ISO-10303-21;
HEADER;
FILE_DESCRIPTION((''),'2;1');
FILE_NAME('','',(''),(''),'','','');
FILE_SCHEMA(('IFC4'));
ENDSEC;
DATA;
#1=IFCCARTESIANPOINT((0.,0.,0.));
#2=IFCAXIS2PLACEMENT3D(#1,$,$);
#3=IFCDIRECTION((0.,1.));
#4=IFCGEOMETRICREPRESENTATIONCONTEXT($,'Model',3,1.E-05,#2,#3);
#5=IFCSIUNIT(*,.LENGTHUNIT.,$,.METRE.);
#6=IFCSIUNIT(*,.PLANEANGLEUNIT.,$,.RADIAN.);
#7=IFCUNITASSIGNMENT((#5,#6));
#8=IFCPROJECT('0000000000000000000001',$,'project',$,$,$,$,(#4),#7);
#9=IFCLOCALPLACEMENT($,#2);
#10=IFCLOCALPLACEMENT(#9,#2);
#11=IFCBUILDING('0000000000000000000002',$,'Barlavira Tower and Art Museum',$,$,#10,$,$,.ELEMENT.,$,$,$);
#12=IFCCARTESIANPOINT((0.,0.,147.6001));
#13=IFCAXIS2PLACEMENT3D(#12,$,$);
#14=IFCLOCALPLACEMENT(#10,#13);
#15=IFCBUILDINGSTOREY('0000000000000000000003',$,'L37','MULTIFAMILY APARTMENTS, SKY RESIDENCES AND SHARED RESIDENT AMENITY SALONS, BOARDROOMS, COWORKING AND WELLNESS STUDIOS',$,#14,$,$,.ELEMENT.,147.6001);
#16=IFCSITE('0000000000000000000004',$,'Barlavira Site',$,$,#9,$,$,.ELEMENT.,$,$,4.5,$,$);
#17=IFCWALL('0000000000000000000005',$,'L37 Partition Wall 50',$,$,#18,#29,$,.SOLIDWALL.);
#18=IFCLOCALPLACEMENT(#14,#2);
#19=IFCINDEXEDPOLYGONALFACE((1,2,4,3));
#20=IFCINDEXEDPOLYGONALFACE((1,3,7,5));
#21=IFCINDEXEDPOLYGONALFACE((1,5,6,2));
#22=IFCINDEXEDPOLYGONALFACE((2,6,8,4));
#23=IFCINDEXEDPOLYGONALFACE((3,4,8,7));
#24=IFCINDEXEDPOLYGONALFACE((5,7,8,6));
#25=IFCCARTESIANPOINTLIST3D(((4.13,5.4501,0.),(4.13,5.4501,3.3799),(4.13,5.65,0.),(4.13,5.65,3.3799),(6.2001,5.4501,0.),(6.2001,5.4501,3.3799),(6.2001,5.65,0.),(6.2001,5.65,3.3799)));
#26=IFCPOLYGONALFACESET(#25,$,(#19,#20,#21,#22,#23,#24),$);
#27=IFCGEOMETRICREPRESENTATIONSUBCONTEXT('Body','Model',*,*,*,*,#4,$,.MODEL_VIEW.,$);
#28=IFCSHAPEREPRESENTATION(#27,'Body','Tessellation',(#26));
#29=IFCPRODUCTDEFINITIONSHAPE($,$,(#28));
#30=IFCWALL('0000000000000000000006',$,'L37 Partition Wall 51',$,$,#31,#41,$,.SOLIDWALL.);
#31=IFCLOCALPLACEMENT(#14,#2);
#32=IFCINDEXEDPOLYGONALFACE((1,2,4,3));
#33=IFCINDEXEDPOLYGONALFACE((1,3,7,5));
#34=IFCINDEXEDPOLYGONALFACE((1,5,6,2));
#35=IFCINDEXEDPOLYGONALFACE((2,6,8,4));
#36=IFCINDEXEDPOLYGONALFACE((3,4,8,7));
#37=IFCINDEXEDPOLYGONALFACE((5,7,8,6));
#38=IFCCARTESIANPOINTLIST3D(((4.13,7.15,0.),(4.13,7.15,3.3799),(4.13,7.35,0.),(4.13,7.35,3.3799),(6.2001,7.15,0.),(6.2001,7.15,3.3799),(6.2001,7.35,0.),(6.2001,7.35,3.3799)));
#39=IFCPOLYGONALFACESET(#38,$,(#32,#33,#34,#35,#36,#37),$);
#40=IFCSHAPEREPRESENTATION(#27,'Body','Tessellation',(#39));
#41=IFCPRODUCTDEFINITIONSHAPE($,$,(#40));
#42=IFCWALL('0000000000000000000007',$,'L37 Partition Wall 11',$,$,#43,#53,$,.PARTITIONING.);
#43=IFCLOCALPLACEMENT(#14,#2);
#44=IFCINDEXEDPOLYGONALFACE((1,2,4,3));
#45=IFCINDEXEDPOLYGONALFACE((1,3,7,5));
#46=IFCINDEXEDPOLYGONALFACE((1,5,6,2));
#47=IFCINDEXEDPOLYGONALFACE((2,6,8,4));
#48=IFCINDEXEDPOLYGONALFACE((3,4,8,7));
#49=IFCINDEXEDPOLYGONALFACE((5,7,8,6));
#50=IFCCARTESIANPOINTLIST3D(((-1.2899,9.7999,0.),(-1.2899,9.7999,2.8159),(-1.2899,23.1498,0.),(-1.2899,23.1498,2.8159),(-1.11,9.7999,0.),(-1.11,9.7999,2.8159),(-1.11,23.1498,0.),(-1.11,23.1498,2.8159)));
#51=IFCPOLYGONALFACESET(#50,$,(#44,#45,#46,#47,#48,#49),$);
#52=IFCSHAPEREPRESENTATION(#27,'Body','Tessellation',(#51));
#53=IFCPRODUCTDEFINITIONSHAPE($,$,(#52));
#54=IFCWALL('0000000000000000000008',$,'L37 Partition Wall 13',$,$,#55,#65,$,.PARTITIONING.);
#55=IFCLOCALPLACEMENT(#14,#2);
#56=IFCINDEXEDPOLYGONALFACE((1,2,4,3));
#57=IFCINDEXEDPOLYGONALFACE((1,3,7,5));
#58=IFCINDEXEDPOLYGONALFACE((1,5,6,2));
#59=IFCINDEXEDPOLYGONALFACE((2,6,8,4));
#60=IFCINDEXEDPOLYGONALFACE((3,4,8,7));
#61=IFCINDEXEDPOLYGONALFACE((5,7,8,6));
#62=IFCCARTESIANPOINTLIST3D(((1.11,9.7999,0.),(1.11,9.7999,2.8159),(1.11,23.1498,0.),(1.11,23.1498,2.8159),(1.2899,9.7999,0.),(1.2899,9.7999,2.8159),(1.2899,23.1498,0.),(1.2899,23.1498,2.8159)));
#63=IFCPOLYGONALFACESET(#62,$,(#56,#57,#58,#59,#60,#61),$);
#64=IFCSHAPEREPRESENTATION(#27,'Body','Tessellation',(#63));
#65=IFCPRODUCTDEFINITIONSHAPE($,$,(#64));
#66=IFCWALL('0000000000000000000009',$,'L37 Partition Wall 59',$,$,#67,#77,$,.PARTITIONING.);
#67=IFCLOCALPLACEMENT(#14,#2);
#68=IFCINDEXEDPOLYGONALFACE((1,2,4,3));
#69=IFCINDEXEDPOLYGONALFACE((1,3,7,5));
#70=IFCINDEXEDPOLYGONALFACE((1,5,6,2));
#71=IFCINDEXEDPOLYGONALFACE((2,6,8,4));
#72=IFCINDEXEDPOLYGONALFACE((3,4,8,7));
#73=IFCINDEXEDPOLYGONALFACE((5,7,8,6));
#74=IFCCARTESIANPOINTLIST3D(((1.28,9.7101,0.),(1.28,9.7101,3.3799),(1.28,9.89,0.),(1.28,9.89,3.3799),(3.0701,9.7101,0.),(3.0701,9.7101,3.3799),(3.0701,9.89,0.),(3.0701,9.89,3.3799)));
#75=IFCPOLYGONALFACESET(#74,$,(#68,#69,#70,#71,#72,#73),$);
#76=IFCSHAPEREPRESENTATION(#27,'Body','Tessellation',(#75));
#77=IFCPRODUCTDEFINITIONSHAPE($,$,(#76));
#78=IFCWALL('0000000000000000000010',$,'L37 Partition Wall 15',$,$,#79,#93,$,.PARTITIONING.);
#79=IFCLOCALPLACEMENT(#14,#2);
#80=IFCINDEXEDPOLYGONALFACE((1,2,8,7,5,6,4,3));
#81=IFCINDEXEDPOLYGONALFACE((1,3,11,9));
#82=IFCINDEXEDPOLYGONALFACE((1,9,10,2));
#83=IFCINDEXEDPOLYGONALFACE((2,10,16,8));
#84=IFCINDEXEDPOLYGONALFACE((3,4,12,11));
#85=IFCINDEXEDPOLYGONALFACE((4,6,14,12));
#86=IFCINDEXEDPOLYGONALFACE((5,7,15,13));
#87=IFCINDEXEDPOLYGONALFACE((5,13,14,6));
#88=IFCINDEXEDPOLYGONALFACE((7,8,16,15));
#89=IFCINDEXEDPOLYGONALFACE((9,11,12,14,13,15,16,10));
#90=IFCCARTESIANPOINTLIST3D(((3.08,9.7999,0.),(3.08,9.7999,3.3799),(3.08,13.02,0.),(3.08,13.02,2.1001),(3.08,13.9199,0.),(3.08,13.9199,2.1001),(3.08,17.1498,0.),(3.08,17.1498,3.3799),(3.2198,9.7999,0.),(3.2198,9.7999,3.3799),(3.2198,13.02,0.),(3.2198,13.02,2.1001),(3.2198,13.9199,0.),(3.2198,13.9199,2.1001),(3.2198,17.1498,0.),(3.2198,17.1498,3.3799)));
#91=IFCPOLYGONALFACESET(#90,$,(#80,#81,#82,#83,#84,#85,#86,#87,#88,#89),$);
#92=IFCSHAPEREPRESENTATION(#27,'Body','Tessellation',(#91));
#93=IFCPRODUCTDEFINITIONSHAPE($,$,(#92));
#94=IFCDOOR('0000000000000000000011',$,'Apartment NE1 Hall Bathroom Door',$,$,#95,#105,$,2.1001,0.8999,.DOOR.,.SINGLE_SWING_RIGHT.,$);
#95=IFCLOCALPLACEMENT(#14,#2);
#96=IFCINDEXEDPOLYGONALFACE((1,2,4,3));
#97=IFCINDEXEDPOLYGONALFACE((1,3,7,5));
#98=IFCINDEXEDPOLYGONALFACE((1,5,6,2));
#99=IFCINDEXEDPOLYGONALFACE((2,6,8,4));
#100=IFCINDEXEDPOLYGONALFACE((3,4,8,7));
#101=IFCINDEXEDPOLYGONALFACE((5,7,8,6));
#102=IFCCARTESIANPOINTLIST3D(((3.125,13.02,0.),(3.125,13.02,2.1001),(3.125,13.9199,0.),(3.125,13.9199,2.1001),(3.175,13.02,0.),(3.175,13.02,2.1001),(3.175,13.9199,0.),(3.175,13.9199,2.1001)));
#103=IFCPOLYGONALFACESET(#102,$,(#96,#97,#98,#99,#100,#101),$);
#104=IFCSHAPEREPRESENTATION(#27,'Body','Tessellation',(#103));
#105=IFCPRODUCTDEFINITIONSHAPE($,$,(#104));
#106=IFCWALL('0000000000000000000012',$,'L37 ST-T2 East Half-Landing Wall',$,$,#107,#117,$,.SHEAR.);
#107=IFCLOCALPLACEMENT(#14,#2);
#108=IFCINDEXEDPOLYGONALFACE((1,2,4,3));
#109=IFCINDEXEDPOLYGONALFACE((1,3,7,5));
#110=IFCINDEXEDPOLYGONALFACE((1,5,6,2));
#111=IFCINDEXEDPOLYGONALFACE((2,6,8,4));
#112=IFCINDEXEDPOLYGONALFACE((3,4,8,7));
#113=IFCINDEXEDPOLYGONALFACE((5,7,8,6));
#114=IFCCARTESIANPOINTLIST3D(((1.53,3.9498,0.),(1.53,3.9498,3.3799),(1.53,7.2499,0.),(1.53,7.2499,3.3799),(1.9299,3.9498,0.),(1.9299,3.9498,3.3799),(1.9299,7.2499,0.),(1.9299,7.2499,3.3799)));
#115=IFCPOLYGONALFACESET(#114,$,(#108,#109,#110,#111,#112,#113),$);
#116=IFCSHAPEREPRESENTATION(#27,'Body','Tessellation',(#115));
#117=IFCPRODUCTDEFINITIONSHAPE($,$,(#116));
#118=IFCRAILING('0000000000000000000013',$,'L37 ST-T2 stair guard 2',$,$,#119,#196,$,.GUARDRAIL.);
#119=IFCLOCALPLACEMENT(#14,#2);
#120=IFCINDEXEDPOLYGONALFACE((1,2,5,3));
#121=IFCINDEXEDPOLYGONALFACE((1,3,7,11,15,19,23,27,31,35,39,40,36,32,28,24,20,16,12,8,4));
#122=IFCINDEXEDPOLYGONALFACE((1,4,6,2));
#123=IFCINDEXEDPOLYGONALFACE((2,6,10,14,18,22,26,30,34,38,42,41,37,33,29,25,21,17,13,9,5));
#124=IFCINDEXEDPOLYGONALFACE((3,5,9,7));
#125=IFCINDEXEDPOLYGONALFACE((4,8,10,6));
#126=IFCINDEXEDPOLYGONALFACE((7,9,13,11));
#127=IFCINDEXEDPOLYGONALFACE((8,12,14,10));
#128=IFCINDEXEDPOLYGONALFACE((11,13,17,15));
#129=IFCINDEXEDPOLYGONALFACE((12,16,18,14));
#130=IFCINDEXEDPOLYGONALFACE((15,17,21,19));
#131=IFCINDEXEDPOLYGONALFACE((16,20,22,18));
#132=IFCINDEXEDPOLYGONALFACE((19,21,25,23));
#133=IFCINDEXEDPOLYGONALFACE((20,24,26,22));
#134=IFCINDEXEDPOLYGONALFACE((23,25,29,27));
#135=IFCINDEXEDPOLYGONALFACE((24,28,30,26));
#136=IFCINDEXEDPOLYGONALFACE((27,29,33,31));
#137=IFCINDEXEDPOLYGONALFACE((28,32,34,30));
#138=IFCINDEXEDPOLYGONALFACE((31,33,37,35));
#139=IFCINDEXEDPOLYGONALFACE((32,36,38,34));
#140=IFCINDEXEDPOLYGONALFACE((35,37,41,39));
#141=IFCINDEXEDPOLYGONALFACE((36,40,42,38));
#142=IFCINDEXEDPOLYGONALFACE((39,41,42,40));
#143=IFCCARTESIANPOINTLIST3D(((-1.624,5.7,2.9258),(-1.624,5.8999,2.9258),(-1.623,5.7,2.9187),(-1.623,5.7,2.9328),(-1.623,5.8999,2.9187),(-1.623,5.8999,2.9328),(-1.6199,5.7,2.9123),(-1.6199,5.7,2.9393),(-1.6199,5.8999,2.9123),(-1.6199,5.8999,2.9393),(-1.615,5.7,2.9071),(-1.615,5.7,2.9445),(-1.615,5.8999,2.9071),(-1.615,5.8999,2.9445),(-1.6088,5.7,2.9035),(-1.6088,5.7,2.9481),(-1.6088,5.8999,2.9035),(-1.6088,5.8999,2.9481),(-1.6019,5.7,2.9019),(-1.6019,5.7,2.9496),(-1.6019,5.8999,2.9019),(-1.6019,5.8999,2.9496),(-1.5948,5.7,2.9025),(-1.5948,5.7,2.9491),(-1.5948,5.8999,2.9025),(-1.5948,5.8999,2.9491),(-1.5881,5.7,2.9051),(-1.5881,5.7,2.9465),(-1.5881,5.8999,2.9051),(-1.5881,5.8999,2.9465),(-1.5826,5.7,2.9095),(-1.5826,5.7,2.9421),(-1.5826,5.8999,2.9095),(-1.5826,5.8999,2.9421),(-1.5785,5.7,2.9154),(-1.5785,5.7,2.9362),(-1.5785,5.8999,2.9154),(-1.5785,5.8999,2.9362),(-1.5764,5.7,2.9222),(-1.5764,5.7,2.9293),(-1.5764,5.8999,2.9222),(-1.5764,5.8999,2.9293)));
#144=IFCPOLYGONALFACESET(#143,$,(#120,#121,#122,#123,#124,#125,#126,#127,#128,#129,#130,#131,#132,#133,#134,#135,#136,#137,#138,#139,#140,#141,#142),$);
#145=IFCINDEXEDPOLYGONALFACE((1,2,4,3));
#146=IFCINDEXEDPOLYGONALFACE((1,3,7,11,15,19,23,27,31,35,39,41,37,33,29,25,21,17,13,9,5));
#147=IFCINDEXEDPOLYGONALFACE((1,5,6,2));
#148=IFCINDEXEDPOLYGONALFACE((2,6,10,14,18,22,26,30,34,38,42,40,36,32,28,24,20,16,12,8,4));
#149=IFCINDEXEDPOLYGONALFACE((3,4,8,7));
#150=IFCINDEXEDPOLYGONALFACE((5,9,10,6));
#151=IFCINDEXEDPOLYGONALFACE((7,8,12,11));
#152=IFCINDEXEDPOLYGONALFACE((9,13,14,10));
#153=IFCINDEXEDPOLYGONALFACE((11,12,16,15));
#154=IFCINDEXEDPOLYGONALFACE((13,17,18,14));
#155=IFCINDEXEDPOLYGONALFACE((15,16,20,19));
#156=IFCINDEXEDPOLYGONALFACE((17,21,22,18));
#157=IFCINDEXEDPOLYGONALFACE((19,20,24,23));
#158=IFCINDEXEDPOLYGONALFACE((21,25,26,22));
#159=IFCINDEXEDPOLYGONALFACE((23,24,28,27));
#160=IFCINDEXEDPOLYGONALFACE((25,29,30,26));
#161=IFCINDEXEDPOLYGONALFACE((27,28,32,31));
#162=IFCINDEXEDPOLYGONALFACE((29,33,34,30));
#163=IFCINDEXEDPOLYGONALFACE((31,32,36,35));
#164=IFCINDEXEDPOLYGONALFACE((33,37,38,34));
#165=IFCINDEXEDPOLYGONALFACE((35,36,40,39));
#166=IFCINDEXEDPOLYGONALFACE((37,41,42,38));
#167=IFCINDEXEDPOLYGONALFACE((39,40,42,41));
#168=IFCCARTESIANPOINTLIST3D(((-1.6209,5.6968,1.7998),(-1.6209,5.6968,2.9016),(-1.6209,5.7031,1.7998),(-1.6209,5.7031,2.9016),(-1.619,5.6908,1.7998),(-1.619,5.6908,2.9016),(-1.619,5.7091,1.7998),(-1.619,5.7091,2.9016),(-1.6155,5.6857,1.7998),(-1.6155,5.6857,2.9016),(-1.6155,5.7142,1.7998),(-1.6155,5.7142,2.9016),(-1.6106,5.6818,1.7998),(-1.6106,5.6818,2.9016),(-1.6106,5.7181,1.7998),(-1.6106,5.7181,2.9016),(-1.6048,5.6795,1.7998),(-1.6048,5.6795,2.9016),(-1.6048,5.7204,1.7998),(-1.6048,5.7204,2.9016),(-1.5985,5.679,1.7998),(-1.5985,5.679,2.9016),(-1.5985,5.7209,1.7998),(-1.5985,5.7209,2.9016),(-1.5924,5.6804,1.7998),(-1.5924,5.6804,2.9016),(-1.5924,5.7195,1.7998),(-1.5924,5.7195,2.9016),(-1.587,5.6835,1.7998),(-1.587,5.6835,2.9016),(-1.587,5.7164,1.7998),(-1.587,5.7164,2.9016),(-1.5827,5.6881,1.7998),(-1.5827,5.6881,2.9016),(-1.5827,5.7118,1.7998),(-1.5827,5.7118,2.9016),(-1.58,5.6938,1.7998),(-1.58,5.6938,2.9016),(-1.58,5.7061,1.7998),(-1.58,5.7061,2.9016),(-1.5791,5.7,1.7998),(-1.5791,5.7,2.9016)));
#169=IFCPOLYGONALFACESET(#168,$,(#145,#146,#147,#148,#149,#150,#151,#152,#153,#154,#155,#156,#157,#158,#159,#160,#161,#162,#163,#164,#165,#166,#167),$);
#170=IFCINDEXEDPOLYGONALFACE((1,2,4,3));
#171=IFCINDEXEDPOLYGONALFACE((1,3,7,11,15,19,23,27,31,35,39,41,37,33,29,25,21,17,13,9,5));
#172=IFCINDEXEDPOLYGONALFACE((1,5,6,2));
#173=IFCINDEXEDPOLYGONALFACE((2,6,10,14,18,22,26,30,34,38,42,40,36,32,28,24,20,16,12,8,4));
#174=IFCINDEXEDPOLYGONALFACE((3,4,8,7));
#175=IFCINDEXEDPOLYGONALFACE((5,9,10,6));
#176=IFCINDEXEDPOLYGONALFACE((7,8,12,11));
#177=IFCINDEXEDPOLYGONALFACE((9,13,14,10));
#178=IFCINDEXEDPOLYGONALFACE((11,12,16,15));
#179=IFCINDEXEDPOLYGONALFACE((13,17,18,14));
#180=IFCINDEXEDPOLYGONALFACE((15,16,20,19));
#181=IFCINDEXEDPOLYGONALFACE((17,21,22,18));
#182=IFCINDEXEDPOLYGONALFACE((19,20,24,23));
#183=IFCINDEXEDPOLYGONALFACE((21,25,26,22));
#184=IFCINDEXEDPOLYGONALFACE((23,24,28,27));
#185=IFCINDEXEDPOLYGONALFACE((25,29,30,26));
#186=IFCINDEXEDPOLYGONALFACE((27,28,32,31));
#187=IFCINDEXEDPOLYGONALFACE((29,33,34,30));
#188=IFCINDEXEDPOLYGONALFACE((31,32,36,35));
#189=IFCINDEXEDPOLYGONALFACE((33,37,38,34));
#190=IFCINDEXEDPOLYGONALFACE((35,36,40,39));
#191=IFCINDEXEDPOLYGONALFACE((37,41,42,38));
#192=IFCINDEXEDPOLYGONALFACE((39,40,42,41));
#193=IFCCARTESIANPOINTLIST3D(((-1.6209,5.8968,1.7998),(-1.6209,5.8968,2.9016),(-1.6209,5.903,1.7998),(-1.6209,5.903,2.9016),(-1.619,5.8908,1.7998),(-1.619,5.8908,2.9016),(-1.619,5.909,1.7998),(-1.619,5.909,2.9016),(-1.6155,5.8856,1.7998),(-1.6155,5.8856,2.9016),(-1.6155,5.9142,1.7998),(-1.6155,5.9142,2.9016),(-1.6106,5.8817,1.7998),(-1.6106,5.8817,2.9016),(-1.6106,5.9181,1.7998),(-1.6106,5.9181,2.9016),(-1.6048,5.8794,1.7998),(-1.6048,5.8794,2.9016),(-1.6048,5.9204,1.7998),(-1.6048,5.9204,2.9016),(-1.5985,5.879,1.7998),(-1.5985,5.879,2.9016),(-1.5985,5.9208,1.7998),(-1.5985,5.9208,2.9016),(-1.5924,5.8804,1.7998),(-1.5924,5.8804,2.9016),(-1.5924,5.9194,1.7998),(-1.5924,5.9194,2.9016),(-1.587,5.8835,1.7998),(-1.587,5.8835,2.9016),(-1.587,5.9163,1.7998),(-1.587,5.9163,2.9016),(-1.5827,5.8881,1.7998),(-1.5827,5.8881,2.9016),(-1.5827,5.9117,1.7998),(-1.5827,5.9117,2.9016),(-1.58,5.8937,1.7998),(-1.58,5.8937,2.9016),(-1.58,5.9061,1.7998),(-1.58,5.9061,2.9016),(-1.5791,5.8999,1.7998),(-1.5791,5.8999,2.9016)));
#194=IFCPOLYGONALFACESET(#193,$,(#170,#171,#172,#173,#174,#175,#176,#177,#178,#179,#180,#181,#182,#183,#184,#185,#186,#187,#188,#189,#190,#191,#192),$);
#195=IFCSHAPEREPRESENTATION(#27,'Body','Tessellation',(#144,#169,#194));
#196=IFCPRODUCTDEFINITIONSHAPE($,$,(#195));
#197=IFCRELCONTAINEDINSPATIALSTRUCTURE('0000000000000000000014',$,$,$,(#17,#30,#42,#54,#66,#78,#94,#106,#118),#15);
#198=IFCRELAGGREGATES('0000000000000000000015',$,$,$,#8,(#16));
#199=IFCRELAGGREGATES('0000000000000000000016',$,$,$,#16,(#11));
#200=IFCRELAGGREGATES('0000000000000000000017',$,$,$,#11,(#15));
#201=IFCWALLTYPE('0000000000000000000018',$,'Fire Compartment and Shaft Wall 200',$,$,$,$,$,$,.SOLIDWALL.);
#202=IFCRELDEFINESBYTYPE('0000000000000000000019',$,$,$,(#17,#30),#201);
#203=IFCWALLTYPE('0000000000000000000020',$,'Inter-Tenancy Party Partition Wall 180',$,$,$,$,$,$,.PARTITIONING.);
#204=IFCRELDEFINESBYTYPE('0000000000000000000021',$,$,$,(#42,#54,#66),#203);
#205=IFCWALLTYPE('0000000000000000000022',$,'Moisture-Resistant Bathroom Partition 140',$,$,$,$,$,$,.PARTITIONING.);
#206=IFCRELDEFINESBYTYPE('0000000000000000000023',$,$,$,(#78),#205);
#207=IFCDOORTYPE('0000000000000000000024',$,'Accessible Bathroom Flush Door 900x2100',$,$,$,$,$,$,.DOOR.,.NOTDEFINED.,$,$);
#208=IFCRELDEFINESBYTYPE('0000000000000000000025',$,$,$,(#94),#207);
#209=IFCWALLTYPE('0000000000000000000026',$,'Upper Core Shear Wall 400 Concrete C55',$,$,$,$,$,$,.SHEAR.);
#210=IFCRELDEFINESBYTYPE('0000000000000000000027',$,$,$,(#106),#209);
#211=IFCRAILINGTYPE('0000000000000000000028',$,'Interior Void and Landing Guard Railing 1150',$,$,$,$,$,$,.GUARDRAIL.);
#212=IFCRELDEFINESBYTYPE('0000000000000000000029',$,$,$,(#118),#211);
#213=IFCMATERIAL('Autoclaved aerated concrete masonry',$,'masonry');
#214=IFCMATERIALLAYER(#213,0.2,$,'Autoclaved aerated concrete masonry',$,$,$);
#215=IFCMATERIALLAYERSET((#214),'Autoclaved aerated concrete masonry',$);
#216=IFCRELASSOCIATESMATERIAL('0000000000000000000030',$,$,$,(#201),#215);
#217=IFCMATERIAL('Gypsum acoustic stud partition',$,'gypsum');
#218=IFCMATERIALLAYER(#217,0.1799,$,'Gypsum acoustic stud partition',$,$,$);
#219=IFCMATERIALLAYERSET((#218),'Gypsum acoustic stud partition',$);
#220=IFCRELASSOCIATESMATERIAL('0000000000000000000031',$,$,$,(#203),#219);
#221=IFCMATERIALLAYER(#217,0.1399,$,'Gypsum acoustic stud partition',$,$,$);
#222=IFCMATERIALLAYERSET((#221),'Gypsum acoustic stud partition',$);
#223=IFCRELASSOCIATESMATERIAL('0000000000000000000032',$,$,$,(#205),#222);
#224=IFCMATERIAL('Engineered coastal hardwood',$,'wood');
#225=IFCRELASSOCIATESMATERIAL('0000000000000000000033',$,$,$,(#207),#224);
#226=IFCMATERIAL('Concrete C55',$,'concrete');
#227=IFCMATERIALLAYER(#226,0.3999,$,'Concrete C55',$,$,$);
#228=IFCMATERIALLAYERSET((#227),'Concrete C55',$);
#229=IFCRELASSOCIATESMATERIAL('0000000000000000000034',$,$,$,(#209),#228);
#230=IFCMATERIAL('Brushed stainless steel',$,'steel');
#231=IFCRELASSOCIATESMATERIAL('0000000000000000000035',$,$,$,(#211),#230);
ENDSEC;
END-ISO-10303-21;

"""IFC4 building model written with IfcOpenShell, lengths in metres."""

from ifc_helpers import new_model, si_unit, direction, frame, frame_2d, origin, origin_2d, place, context, subcontext, project, spatial, rectangle, circle, extrude, material, layer, layer_set, type_object, element, fill, save


model = new_model("IFC4")

# Units and contexts
model_context = context("Model", 3, precision=1e-05, world=origin(), true_north=direction((0.0, 1.0)))
body_context = subcontext(model_context, "Body", "Model", "MODEL_VIEW")
ifc_project = project(units=[si_unit("LENGTHUNIT", "METRE"), si_unit("PLANEANGLEUNIT", "RADIAN")], contexts=[model_context])

# Site, building, storey
site_placement = place(None, origin())
site = spatial("IfcSite", under=ifc_project, at=site_placement, Name="Barlavira Site", CompositionType="ELEMENT", RefElevation=4.5)
building_placement = place(site_placement, origin())
building = spatial("IfcBuilding", under=site, at=building_placement, Name="Barlavira Tower and Art Museum", CompositionType="ELEMENT")
storey_placement = place(building_placement, frame((0.0, 0.0, 147.6001)))
storey = spatial("IfcBuildingStorey", under=building, at=storey_placement, Name="L37", Description="MULTIFAMILY APARTMENTS, SKY RESIDENCES AND SHARED RESIDENT AMENITY SALONS, BOARDROOMS, COWORKING AND WELLNESS STUDIOS", CompositionType="ELEMENT", Elevation=147.6001)

# Shared definitions
ifc_material_1 = material(Name="Autoclaved aerated concrete masonry", Category="masonry")
ifc_layer_1 = layer(ifc_material_1, 0.2, Name="Autoclaved aerated concrete masonry")
ifc_layer_set_1 = layer_set([ifc_layer_1], Name="Autoclaved aerated concrete masonry")
wall_type_1 = type_object("IfcWallType", Name="Fire Compartment and Shaft Wall 200", PredefinedType="SOLIDWALL", material=ifc_layer_set_1)

# Shared definitions
ifc_material_2 = material(Name="Brushed stainless steel", Category="steel")

# Walls
for number, where, z_axis, x_axis, name in (
    (1, (4.1299, 5.55, 0.0), (0.0, 0.0, 1.0), (1.0, 0.0, 0.0), "L37 Partition Wall 50"),
    (2, (4.1299, 7.25, 0.0), (0.0, 0.0, 1.0), (1.0, 0.0, 0.0), "L37 Partition Wall 51"),
):
    element("IfcWall", number, at=place(storey_placement, frame(where, z_axis=z_axis, x_axis=x_axis)), inside=storey, type_object=wall_type_1, Name=name, PredefinedType="SOLIDWALL", context=body_context, shape_type="SweptSolid", body=[
        extrude(rectangle(XDim=2.0701, YDim=0.2, at=frame_2d((1.0352, 0.0))), origin(), (0.0, 0.0, 1.0), 3.3799),
    ])
ifc_material_3 = material(Name="Gypsum acoustic stud partition", Category="gypsum")
ifc_layer_2 = layer(ifc_material_3, 0.1799, Name="Gypsum acoustic stud partition")
ifc_layer_set_2 = layer_set([ifc_layer_2], Name="Gypsum acoustic stud partition")
wall_type_2 = type_object("IfcWallType", Name="Inter-Tenancy Party Partition Wall 180", PredefinedType="PARTITIONING", material=ifc_layer_set_2)
for number, where, z_axis, x_axis, name in (
    (3, (-1.2, 9.8, 0.0), (0.0, 0.0, 1.0), (0.0, 1.0, 0.0), "L37 Partition Wall 11"),
    (4, (1.2, 9.8, 0.0), (0.0, 0.0, 1.0), (0.0, 1.0, 0.0), "L37 Partition Wall 13"),
):
    element("IfcWall", number, at=place(storey_placement, frame(where, z_axis=z_axis, x_axis=x_axis)), inside=storey, type_object=wall_type_2, Name=name, PredefinedType="PARTITIONING", context=body_context, shape_type="SweptSolid", body=[
        extrude(rectangle(XDim=13.3499, YDim=0.1799, at=frame_2d((6.6748, 0.0))), origin(), (0.0, 0.0, 1.0), 2.8159),
    ])
wall_1_placement = place(storey_placement, frame((1.28, 9.8, 0.0), z_axis=(0.0, 0.0, 1.0), x_axis=(1.0, 0.0, 0.0)))
element("IfcWall", 5, at=wall_1_placement, inside=storey, type_object=wall_type_2, Name="L37 Partition Wall 59", PredefinedType="PARTITIONING", context=body_context, shape_type="SweptSolid", body=[
    extrude(rectangle(XDim=1.79, YDim=0.1799, at=frame_2d((0.895, 0.0))), origin(), (0.0, 0.0, 1.0), 3.3799),
])

# Wall, opening, door
ifc_layer_3 = layer(ifc_material_3, 0.1399, Name="Gypsum acoustic stud partition")
ifc_layer_set_3 = layer_set([ifc_layer_3], Name="Gypsum acoustic stud partition")
wall_type_3 = type_object("IfcWallType", Name="Moisture-Resistant Bathroom Partition 140", PredefinedType="PARTITIONING", material=ifc_layer_set_3)
wall_2_placement = place(storey_placement, frame((3.1499, 9.8, 0.0), z_axis=(0.0, 0.0, 1.0), x_axis=(0.0, 1.0, 0.0)))
wall_2 = element("IfcWall", 6, at=wall_2_placement, inside=storey, type_object=wall_type_3, Name="L37 Partition Wall 15", PredefinedType="PARTITIONING", context=body_context, shape_type="SweptSolid", body=[
    extrude(rectangle(XDim=7.3499, YDim=0.1399, at=frame_2d((3.6748, 0.0))), origin(), (0.0, 0.0, 1.0), 3.3799),
])
opening_1_placement = place(wall_2_placement, frame((3.22, 0.0, 0.0)))
opening_1 = element("IfcOpeningElement", 7, at=opening_1_placement, cuts=wall_2, PredefinedType="OPENING", context=body_context, shape_type="SweptSolid", body=[
    extrude(rectangle(XDim=0.8999, YDim=2.1001, at=frame_2d((0.45, 1.05))), frame((0.0, 0.0801, 0.0), z_axis=(0.0, -1.0, 0.0), x_axis=(1.0, 0.0, 0.0)), (0.0, 0.0, 1.0), 0.1599),
])
ifc_material_4 = material(Name="Engineered coastal hardwood", Category="wood")
door_type_1 = type_object("IfcDoorType", Name="Accessible Bathroom Flush Door 900x2100", OperationType="NOTDEFINED", PredefinedType="DOOR", material=ifc_material_4)
door_1_placement = place(opening_1_placement, origin())
door_1 = element("IfcDoor", 8, at=door_1_placement, inside=storey, type_object=door_type_1, Name="Apartment NE1 Hall Bathroom Door", OperationType="SINGLE_SWING_RIGHT", OverallHeight=2.1001, OverallWidth=0.8999, PredefinedType="DOOR", context=body_context, shape_type="SweptSolid", body=[
    extrude(rectangle(XDim=0.8999, YDim=2.1001, at=frame_2d((0.45, 1.05))), frame((0.0, 0.0249, 0.0), z_axis=(0.0, -1.0, 0.0), x_axis=(1.0, 0.0, 0.0)), (0.0, 0.0, 1.0), 0.05),
])
fill(opening_1, door_1)

# Wall
ifc_material_5 = material(Name="Concrete C55", Category="concrete")
ifc_layer_4 = layer(ifc_material_5, 0.3999, Name="Concrete C55")
ifc_layer_set_4 = layer_set([ifc_layer_4], Name="Concrete C55")
wall_type_4 = type_object("IfcWallType", Name="Upper Core Shear Wall 400 Concrete C55", PredefinedType="SHEAR", material=ifc_layer_set_4)
wall_3_placement = place(storey_placement, frame((1.73, 3.95, 0.0), z_axis=(0.0, 0.0, 1.0), x_axis=(0.0, 1.0, 0.0)))
element("IfcWall", 9, at=wall_3_placement, inside=storey, type_object=wall_type_4, Name="L37 ST-T2 East Half-Landing Wall", PredefinedType="SHEAR", context=body_context, shape_type="SweptSolid", body=[
    extrude(rectangle(XDim=3.3, YDim=0.3999, at=frame_2d((1.6499, 0.0))), origin(), (0.0, 0.0, 1.0), 3.3799),
])

# Railing
railing_type = type_object("IfcRailingType", Name="Interior Void and Landing Guard Railing 1150", PredefinedType="GUARDRAIL", material=ifc_material_2)
railing_placement = place(storey_placement, frame((-1.6001, 5.7, 1.7998)))
element("IfcRailing", 10, at=railing_placement, inside=storey, type_object=railing_type, Name="L37 ST-T2 stair guard 2", PredefinedType="GUARDRAIL", context=body_context, shape_type="SweptSolid", body=[
    extrude(circle(Radius=0.0239, at=origin_2d()), frame((0.0, 0.0, 1.126), z_axis=(0.0, 1.0, 0.0), x_axis=(-1.0, 0.0, 0.0)), (0.0, 0.0, 1.0), 0.2),
    extrude(circle(Radius=0.021, at=origin_2d()), origin(), (0.0, 0.0, 1.0), 1.1018),
    extrude(circle(Radius=0.021, at=origin_2d()), frame((0.0, 0.2, 0.0)), (0.0, 0.0, 1.0), 1.1018),
])

save(model, "model.ifc")
